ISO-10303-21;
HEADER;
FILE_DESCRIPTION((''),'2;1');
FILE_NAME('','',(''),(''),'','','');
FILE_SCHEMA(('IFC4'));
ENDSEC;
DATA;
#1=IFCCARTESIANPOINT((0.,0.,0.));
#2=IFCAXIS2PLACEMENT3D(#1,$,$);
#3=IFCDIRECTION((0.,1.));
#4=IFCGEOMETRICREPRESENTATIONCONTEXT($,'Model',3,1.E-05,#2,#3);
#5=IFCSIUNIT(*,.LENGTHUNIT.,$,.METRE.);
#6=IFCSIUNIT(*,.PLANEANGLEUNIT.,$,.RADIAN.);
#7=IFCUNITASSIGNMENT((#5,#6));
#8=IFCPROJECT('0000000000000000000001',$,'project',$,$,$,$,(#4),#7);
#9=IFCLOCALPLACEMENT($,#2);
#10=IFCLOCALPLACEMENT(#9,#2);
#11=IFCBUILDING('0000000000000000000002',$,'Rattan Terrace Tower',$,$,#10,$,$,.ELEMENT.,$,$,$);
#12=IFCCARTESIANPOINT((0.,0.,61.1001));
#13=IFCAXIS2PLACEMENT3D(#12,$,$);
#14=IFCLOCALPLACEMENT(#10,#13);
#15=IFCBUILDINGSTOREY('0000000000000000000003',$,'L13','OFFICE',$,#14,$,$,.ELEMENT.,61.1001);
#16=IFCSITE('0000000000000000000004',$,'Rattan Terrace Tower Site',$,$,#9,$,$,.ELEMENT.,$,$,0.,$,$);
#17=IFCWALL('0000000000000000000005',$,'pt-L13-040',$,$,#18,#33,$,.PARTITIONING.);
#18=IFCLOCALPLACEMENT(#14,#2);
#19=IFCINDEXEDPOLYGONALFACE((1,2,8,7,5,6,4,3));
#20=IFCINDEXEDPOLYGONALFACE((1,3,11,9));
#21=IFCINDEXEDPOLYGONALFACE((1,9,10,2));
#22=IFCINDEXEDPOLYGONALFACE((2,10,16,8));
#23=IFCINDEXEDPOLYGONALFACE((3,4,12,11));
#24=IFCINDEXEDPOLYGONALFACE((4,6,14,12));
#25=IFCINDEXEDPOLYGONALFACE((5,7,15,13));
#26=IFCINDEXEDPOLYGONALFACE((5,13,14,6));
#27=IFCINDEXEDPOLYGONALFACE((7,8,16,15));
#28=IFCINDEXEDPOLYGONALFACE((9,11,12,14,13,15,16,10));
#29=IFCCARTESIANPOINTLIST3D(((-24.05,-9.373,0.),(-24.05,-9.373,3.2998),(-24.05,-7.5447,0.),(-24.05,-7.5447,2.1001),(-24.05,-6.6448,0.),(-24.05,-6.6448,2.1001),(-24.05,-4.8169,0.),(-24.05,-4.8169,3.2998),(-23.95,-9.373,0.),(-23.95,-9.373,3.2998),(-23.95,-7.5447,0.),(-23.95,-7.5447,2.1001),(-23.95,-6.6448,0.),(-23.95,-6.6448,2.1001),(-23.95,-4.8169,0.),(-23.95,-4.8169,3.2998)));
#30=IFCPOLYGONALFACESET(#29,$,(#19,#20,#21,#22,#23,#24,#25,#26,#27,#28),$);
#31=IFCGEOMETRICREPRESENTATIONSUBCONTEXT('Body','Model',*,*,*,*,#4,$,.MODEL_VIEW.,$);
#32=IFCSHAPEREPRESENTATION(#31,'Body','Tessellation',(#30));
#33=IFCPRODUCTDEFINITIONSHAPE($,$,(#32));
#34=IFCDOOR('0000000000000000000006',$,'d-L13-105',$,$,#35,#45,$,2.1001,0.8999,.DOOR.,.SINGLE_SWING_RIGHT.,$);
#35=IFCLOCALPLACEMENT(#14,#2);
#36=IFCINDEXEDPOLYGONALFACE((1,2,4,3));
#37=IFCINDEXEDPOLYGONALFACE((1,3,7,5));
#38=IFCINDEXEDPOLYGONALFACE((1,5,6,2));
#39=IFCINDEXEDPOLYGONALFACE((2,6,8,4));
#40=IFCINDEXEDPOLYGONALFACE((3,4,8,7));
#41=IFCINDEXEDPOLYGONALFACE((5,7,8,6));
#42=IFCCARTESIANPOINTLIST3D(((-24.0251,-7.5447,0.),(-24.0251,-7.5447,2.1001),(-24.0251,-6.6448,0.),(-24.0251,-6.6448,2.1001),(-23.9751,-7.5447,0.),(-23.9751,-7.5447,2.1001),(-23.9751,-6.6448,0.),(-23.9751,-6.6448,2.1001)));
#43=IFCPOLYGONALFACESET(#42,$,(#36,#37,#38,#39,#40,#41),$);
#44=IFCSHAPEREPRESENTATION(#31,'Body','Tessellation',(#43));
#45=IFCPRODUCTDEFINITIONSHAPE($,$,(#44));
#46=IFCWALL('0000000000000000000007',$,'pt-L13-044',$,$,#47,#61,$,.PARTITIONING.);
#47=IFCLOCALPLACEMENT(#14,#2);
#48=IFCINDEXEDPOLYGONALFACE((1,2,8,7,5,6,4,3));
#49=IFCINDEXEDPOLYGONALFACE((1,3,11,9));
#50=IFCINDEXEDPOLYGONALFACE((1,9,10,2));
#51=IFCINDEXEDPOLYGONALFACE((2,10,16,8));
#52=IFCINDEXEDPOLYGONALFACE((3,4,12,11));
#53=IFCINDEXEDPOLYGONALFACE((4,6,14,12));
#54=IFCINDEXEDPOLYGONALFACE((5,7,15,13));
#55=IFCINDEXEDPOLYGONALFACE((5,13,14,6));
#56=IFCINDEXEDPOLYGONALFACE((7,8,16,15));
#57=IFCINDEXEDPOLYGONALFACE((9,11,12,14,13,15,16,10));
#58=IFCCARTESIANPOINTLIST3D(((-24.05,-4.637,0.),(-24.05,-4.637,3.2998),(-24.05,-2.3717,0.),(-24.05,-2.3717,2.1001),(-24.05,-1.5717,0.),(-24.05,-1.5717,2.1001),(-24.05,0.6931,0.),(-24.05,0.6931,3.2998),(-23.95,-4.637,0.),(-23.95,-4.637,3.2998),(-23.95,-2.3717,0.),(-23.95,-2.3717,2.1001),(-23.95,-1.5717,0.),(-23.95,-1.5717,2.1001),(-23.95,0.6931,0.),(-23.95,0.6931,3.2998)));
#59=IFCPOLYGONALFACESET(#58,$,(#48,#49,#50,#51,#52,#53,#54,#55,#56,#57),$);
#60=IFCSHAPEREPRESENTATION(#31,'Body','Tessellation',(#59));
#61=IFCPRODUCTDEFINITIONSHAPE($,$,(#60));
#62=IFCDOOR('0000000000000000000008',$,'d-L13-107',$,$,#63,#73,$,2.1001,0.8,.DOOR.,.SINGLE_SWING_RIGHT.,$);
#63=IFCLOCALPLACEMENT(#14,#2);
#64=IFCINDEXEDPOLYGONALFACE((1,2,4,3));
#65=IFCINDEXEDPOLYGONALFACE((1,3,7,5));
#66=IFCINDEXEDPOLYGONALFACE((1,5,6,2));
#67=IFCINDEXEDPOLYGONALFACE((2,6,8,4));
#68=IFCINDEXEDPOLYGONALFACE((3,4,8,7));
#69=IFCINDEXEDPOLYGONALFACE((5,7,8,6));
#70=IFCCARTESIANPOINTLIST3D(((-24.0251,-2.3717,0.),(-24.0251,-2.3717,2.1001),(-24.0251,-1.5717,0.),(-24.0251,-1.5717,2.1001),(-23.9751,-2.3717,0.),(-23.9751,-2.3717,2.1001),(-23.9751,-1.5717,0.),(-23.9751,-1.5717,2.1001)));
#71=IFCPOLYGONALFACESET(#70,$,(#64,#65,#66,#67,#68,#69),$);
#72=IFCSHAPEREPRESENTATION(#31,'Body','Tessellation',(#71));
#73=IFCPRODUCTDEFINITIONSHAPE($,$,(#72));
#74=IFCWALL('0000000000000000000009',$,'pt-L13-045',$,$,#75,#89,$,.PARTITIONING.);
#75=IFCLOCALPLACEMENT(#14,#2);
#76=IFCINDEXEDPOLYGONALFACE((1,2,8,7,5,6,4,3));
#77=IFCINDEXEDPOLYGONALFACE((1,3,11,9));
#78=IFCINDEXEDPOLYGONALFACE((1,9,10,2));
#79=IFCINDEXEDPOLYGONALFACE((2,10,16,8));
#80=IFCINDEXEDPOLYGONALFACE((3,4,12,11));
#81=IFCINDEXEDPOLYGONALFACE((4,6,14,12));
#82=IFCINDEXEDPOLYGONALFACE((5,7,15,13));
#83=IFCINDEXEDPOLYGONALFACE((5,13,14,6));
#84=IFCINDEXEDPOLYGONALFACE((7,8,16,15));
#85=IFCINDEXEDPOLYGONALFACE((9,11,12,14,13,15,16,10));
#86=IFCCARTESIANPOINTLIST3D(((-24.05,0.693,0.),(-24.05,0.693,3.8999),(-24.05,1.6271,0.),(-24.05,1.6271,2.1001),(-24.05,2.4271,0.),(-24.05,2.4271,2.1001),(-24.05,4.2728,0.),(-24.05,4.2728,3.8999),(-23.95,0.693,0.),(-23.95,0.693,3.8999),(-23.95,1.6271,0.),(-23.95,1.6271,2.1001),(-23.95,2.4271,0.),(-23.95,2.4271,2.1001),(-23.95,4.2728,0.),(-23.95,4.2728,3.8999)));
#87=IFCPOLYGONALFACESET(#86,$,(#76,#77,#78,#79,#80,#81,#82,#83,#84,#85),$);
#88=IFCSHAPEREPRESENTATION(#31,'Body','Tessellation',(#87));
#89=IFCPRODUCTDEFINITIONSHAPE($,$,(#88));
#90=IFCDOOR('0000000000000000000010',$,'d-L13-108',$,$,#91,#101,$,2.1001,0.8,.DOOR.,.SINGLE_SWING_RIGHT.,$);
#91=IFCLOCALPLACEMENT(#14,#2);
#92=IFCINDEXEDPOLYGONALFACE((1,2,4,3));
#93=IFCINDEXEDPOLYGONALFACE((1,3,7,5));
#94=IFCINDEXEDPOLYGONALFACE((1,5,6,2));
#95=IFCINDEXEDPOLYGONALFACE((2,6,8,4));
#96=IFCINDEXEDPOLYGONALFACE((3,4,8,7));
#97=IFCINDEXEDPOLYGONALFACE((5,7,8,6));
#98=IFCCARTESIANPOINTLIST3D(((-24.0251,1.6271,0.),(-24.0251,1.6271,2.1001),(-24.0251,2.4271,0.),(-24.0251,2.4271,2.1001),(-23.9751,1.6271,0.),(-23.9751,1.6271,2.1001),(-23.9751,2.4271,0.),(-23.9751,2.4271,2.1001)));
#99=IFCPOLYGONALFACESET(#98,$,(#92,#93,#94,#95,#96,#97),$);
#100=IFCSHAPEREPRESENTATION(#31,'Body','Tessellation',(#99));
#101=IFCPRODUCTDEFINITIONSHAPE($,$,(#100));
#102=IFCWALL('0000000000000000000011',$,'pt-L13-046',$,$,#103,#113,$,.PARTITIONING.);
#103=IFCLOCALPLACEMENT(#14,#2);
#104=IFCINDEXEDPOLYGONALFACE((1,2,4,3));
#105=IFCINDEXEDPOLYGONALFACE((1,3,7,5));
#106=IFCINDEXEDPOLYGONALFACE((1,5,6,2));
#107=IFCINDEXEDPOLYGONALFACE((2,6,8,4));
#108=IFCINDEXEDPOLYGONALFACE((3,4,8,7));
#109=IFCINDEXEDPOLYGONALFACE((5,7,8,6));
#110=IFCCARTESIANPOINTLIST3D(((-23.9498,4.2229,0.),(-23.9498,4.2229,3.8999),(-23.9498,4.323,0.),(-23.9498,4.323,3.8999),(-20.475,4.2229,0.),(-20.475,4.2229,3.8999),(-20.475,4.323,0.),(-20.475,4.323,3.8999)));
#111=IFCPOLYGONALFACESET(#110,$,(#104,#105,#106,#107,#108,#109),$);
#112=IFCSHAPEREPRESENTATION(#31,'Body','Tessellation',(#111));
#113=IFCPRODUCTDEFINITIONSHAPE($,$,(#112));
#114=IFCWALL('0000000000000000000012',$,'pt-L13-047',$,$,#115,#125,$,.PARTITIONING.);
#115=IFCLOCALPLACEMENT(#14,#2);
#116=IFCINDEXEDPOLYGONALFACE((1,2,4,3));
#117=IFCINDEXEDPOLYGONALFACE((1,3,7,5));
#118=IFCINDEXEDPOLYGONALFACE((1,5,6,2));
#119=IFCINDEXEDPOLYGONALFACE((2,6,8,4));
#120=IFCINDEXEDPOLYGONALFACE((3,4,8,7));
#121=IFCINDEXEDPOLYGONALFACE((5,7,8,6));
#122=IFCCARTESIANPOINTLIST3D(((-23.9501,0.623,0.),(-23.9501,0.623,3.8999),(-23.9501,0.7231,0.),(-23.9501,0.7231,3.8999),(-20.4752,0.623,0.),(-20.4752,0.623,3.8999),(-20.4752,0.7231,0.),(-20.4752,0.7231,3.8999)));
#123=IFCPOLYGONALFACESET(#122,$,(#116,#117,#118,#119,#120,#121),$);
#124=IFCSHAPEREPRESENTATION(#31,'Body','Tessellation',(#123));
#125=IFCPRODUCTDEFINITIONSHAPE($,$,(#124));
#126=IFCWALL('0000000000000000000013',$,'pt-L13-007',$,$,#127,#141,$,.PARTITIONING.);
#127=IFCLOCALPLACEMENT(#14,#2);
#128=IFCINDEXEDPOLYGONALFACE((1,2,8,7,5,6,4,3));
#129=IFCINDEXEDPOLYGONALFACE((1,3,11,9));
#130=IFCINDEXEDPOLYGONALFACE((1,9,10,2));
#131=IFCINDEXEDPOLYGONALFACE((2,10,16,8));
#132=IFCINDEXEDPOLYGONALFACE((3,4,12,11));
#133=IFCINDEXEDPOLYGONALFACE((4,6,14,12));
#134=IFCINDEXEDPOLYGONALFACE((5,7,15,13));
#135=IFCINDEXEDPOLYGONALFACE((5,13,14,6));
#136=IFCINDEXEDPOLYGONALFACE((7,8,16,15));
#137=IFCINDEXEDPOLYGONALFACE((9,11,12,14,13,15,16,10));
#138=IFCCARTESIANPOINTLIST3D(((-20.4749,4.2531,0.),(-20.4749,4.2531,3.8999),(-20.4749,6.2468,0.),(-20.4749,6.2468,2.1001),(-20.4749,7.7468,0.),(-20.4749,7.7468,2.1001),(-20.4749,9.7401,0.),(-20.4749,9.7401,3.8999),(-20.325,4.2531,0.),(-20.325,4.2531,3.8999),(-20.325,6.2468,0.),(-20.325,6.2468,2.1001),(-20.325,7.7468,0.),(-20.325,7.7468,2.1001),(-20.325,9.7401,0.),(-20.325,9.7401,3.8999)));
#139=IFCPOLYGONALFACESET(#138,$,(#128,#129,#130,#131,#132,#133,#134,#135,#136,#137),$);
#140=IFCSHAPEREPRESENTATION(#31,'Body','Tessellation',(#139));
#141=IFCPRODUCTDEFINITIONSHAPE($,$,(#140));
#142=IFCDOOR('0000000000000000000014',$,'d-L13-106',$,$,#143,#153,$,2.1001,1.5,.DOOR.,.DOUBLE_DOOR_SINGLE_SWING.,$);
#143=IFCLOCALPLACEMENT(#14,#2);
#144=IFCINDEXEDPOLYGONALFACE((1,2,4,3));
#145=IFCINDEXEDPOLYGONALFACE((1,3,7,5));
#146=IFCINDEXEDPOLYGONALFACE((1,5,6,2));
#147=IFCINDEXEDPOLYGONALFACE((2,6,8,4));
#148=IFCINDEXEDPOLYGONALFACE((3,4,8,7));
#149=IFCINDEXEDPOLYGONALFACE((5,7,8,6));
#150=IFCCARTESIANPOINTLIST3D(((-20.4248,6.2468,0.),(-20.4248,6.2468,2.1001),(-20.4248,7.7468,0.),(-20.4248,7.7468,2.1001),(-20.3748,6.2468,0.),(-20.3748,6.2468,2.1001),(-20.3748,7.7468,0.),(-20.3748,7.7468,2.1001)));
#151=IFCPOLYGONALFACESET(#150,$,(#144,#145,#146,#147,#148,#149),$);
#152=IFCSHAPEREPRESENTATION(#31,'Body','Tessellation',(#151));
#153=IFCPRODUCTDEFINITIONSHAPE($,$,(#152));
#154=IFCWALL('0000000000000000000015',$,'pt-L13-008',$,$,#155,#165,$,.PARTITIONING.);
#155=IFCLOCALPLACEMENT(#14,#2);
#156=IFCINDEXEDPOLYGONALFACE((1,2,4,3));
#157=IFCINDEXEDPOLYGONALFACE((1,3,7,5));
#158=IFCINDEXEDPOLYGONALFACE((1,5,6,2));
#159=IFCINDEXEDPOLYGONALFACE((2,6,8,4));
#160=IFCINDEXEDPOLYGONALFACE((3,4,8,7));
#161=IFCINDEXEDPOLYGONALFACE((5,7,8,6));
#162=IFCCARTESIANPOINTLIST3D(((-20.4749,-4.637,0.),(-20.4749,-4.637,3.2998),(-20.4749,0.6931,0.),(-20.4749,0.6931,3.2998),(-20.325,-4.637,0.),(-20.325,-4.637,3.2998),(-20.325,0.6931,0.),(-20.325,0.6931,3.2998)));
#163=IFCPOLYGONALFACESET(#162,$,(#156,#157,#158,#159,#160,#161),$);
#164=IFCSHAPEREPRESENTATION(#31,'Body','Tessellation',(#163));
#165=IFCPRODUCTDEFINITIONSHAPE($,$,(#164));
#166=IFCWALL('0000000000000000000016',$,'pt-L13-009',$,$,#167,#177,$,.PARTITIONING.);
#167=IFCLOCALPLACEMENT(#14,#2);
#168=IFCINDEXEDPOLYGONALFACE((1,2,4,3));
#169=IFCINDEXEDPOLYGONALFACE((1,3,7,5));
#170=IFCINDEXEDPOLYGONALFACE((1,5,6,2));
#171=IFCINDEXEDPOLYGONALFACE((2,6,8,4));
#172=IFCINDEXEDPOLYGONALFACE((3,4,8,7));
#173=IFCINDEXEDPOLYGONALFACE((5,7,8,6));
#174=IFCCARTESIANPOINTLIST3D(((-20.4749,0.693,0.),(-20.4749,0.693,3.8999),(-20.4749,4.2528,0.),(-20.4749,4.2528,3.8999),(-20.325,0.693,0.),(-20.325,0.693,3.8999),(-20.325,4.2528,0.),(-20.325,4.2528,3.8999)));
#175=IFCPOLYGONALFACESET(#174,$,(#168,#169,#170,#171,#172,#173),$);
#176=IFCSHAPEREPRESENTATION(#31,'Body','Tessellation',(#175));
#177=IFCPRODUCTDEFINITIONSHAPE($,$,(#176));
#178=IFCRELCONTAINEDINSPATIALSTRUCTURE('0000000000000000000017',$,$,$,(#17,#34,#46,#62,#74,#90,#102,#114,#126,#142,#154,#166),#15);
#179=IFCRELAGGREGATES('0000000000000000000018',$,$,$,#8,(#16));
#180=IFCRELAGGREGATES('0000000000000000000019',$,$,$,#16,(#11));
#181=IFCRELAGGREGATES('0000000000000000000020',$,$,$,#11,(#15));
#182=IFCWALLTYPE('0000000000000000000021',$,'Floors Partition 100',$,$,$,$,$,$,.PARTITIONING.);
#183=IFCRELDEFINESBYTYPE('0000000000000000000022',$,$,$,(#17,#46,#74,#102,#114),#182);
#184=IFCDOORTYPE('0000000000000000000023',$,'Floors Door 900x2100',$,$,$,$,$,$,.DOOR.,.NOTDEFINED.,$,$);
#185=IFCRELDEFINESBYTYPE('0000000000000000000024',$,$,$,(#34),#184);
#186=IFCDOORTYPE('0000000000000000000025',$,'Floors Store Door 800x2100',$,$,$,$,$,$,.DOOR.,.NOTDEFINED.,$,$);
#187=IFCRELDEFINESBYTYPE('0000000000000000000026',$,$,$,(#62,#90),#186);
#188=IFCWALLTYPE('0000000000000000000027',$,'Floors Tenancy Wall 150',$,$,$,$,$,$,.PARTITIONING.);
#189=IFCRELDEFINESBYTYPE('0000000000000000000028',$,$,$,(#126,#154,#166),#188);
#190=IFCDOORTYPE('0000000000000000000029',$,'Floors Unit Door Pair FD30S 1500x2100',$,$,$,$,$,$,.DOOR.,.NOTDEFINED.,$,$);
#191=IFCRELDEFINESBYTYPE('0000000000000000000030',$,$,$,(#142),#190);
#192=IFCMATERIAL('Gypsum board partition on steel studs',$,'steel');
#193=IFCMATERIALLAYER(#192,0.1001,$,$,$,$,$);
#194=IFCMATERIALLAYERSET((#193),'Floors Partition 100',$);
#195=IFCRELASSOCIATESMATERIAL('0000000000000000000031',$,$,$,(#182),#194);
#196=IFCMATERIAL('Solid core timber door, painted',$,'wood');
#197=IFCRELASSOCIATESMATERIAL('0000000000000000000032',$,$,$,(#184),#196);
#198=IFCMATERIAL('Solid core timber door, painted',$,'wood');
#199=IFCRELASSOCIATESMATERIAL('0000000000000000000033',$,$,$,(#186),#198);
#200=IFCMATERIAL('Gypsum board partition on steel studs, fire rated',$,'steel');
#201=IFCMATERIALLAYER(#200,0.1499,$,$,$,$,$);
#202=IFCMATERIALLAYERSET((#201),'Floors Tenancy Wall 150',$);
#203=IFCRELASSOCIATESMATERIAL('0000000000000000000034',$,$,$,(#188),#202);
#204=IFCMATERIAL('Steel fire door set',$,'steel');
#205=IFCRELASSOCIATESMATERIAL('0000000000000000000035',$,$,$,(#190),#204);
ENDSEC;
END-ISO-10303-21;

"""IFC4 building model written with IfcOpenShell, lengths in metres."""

from ifc_helpers import new_model, si_unit, direction, frame, frame_2d, origin, place, context, subcontext, project, spatial, rectangle, extrude, material, layer, layer_set, type_object, element, fill, save


model = new_model("IFC4")

# Units and contexts
model_context = context("Model", 3, precision=1e-05, world=origin(), true_north=direction((0.0, 1.0)))
body_context = subcontext(model_context, "Body", "Model", "MODEL_VIEW")
ifc_project = project(units=[si_unit("LENGTHUNIT", "METRE"), si_unit("PLANEANGLEUNIT", "RADIAN")], contexts=[model_context])

# Site, building, storey
site_placement = place(None, origin())
site = spatial("IfcSite", under=ifc_project, at=site_placement, Name="Rattan Terrace Tower Site", CompositionType="ELEMENT", RefElevation=0.0)
building_placement = place(site_placement, origin())
building = spatial("IfcBuilding", under=site, at=building_placement, Name="Rattan Terrace Tower", CompositionType="ELEMENT")
storey_placement = place(building_placement, frame((0.0, 0.0, 61.1001)))
storey = spatial("IfcBuildingStorey", under=building, at=storey_placement, Name="L13", Description="OFFICE", CompositionType="ELEMENT", Elevation=61.1001)

# Walls, openings, doors
ifc_material_1 = material(Name="Gypsum board partition on steel studs", Category="steel")
ifc_layer_1 = layer(ifc_material_1, 0.1001)
ifc_layer_set_1 = layer_set([ifc_layer_1], Name="Floors Partition 100")
wall_type_1 = type_object("IfcWallType", Name="Floors Partition 100", PredefinedType="PARTITIONING", material=ifc_layer_set_1)
wall_1_placement = place(storey_placement, frame((-24.0, -4.8169, 0.0), z_axis=(0.0, 0.0, 1.0), x_axis=(0.0, -1.0, 0.0)))
wall_1 = element("IfcWall", 1, at=wall_1_placement, inside=storey, type_object=wall_type_1, Name="pt-L13-040", PredefinedType="PARTITIONING", context=body_context, shape_type="SweptSolid", body=[
    extrude(rectangle(XDim=4.5562, YDim=0.1001, at=frame_2d((2.2781, 0.0))), origin(), (0.0, 0.0, 1.0), 3.2998),
])
opening_1_placement = place(wall_1_placement, frame((1.8279, 0.0, 0.0)))
opening_1 = element("IfcOpeningElement", 2, at=opening_1_placement, cuts=wall_1, PredefinedType="OPENING", context=body_context, shape_type="SweptSolid", body=[
    extrude(rectangle(XDim=0.8999, YDim=2.1001, at=frame_2d((0.45, 1.05))), frame((0.0, 0.0605, 0.0), z_axis=(0.0, -1.0, 0.0), x_axis=(1.0, 0.0, 0.0)), (0.0, 0.0, 1.0), 0.1211),
])
ifc_material_2 = material(Name="Solid core timber door, painted", Category="wood")
door_type_1 = type_object("IfcDoorType", Name="Floors Door 900x2100", OperationType="NOTDEFINED", PredefinedType="DOOR", material=ifc_material_2)
door_1_placement = place(opening_1_placement, origin())
door_1 = element("IfcDoor", 3, at=door_1_placement, inside=storey, type_object=door_type_1, Name="d-L13-105", OperationType="SINGLE_SWING_RIGHT", OverallHeight=2.1001, OverallWidth=0.8999, PredefinedType="DOOR", context=body_context, shape_type="SweptSolid", body=[
    extrude(rectangle(XDim=0.8999, YDim=2.1001, at=frame_2d((0.45, 1.05))), frame((0.0, 0.0249, 0.0), z_axis=(0.0, -1.0, 0.0), x_axis=(1.0, 0.0, 0.0)), (0.0, 0.0, 1.0), 0.05),
])
fill(opening_1, door_1)
wall_2_placement = place(storey_placement, frame((-24.0, 0.6931, 0.0), z_axis=(0.0, 0.0, 1.0), x_axis=(0.0, -1.0, 0.0)))
wall_2 = element("IfcWall", 4, at=wall_2_placement, inside=storey, type_object=wall_type_1, Name="pt-L13-044", PredefinedType="PARTITIONING", context=body_context, shape_type="SweptSolid", body=[
    extrude(rectangle(XDim=5.3301, YDim=0.1001, at=frame_2d((2.665, 0.0))), origin(), (0.0, 0.0, 1.0), 3.2998),
])
opening_2_placement = place(wall_2_placement, frame((2.2649, 0.0, 0.0)))
opening_2 = element("IfcOpeningElement", 5, at=opening_2_placement, cuts=wall_2, PredefinedType="OPENING", context=body_context, shape_type="SweptSolid", body=[
    extrude(rectangle(XDim=0.8, YDim=2.1001, at=frame_2d((0.3999, 1.05))), frame((0.0, 0.0605, 0.0), z_axis=(0.0, -1.0, 0.0), x_axis=(1.0, 0.0, 0.0)), (0.0, 0.0, 1.0), 0.1211),
])
ifc_material_3 = material(Name="Solid core timber door, painted", Category="wood")
door_type_2 = type_object("IfcDoorType", Name="Floors Store Door 800x2100", OperationType="NOTDEFINED", PredefinedType="DOOR", material=ifc_material_3)
door_2_placement = place(opening_2_placement, origin())
door_2 = element("IfcDoor", 6, at=door_2_placement, inside=storey, type_object=door_type_2, Name="d-L13-107", OperationType="SINGLE_SWING_RIGHT", OverallHeight=2.1001, OverallWidth=0.8, PredefinedType="DOOR", context=body_context, shape_type="SweptSolid", body=[
    extrude(rectangle(XDim=0.8, YDim=2.1001, at=frame_2d((0.3999, 1.05))), frame((0.0, 0.0249, 0.0), z_axis=(0.0, -1.0, 0.0), x_axis=(1.0, 0.0, 0.0)), (0.0, 0.0, 1.0), 0.05),
])
fill(opening_2, door_2)
wall_3_placement = place(storey_placement, frame((-24.0, 4.2729, 0.0), z_axis=(0.0, 0.0, 1.0), x_axis=(0.0, -1.0, 0.0)))
wall_3 = element("IfcWall", 7, at=wall_3_placement, inside=storey, type_object=wall_type_1, Name="pt-L13-045", PredefinedType="PARTITIONING", context=body_context, shape_type="SweptSolid", body=[
    extrude(rectangle(XDim=3.5798, YDim=0.1001, at=frame_2d((1.79, 0.0))), origin(), (0.0, 0.0, 1.0), 3.8999),
])
opening_3_placement = place(wall_3_placement, frame((1.8459, 0.0, 0.0)))
opening_3 = element("IfcOpeningElement", 8, at=opening_3_placement, cuts=wall_3, PredefinedType="OPENING", context=body_context, shape_type="SweptSolid", body=[
    extrude(rectangle(XDim=0.8, YDim=2.1001, at=frame_2d((0.3999, 1.05))), frame((0.0, 0.0605, 0.0), z_axis=(0.0, -1.0, 0.0), x_axis=(1.0, 0.0, 0.0)), (0.0, 0.0, 1.0), 0.1211),
])
door_3_placement = place(opening_3_placement, origin())
door_3 = element("IfcDoor", 9, at=door_3_placement, inside=storey, type_object=door_type_2, Name="d-L13-108", OperationType="SINGLE_SWING_RIGHT", OverallHeight=2.1001, OverallWidth=0.8, PredefinedType="DOOR", context=body_context, shape_type="SweptSolid", body=[
    extrude(rectangle(XDim=0.8, YDim=2.1001, at=frame_2d((0.3999, 1.05))), frame((0.0, 0.0249, 0.0), z_axis=(0.0, -1.0, 0.0), x_axis=(1.0, 0.0, 0.0)), (0.0, 0.0, 1.0), 0.05),
])
fill(opening_3, door_3)

# Walls
for number, where, z_axis, x_axis, name in (
    (10, (-20.4751, 4.2729, 0.0), (0.0, 0.0, 1.0), (-1.0, 0.0, 0.0), "pt-L13-046"),
    (11, (-23.95, 0.6731, 0.0), (0.0, 0.0, 1.0), (1.0, 0.0, 0.0), "pt-L13-047"),
):
    element("IfcWall", number, at=place(storey_placement, frame(where, z_axis=z_axis, x_axis=x_axis)), inside=storey, type_object=wall_type_1, Name=name, PredefinedType="PARTITIONING", context=body_context, shape_type="SweptSolid", body=[
        extrude(rectangle(XDim=3.4749, YDim=0.1001, at=frame_2d((1.7373, 0.0))), origin(), (0.0, 0.0, 1.0), 3.8999),
    ])

# Wall, opening, door
ifc_material_4 = material(Name="Gypsum board partition on steel studs, fire rated", Category="steel")
ifc_layer_2 = layer(ifc_material_4, 0.1499)
ifc_layer_set_2 = layer_set([ifc_layer_2], Name="Floors Tenancy Wall 150")
wall_type_2 = type_object("IfcWallType", Name="Floors Tenancy Wall 150", PredefinedType="PARTITIONING", material=ifc_layer_set_2)
wall_4_placement = place(storey_placement, frame((-20.3999, 4.2529, 0.0), z_axis=(0.0, 0.0, 1.0), x_axis=(0.0, 1.0, 0.0)))
wall_4 = element("IfcWall", 12, at=wall_4_placement, inside=storey, type_object=wall_type_2, Name="pt-L13-007", PredefinedType="PARTITIONING", context=body_context, shape_type="SweptSolid", body=[
    extrude(rectangle(XDim=5.4871, YDim=0.1499, at=frame_2d((2.7437, 0.0))), origin(), (0.0, 0.0, 1.0), 3.8999),
])
opening_4_placement = place(wall_4_placement, frame((1.9939, 0.0, 0.0)))
opening_4 = element("IfcOpeningElement", 13, at=opening_4_placement, cuts=wall_4, PredefinedType="OPENING", context=body_context, shape_type="SweptSolid", body=[
    extrude(rectangle(XDim=1.5, YDim=2.1001, at=frame_2d((0.75, 1.05))), frame((0.0, 0.0854, 0.0), z_axis=(0.0, -1.0, 0.0), x_axis=(1.0, 0.0, 0.0)), (0.0, 0.0, 1.0), 0.1709),
])
ifc_material_5 = material(Name="Steel fire door set", Category="steel")
door_type_3 = type_object("IfcDoorType", Name="Floors Unit Door Pair FD30S 1500x2100", OperationType="NOTDEFINED", PredefinedType="DOOR", material=ifc_material_5)
door_4_placement = place(opening_4_placement, origin())
door_4 = element("IfcDoor", 14, at=door_4_placement, inside=storey, type_object=door_type_3, Name="d-L13-106", OperationType="DOUBLE_DOOR_SINGLE_SWING", OverallHeight=2.1001, OverallWidth=1.5, PredefinedType="DOOR", context=body_context, shape_type="SweptSolid", body=[
    extrude(rectangle(XDim=1.5, YDim=2.1001, at=frame_2d((0.75, 1.05))), frame((0.0, 0.0249, 0.0), z_axis=(0.0, -1.0, 0.0), x_axis=(1.0, 0.0, 0.0)), (0.0, 0.0, 1.0), 0.05),
])
fill(opening_4, door_4)

# Walls
wall_5_placement = place(storey_placement, frame((-20.3999, -4.637, 0.0), z_axis=(0.0, 0.0, 1.0), x_axis=(0.0, 1.0, 0.0)))
element("IfcWall", 15, at=wall_5_placement, inside=storey, type_object=wall_type_2, Name="pt-L13-008", PredefinedType="PARTITIONING", context=body_context, shape_type="SweptSolid", body=[
    extrude(rectangle(XDim=5.3301, YDim=0.1499, at=frame_2d((2.665, 0.0))), origin(), (0.0, 0.0, 1.0), 3.2998),
])
wall_6_placement = place(storey_placement, frame((-20.3999, 0.6931, 0.0), z_axis=(0.0, 0.0, 1.0), x_axis=(0.0, 1.0, 0.0)))
element("IfcWall", 16, at=wall_6_placement, inside=storey, type_object=wall_type_2, Name="pt-L13-009", PredefinedType="PARTITIONING", context=body_context, shape_type="SweptSolid", body=[
    extrude(rectangle(XDim=3.5598, YDim=0.1499, at=frame_2d((1.7798, 0.0))), origin(), (0.0, 0.0, 1.0), 3.8999),
])

save(model, "model.ifc")
